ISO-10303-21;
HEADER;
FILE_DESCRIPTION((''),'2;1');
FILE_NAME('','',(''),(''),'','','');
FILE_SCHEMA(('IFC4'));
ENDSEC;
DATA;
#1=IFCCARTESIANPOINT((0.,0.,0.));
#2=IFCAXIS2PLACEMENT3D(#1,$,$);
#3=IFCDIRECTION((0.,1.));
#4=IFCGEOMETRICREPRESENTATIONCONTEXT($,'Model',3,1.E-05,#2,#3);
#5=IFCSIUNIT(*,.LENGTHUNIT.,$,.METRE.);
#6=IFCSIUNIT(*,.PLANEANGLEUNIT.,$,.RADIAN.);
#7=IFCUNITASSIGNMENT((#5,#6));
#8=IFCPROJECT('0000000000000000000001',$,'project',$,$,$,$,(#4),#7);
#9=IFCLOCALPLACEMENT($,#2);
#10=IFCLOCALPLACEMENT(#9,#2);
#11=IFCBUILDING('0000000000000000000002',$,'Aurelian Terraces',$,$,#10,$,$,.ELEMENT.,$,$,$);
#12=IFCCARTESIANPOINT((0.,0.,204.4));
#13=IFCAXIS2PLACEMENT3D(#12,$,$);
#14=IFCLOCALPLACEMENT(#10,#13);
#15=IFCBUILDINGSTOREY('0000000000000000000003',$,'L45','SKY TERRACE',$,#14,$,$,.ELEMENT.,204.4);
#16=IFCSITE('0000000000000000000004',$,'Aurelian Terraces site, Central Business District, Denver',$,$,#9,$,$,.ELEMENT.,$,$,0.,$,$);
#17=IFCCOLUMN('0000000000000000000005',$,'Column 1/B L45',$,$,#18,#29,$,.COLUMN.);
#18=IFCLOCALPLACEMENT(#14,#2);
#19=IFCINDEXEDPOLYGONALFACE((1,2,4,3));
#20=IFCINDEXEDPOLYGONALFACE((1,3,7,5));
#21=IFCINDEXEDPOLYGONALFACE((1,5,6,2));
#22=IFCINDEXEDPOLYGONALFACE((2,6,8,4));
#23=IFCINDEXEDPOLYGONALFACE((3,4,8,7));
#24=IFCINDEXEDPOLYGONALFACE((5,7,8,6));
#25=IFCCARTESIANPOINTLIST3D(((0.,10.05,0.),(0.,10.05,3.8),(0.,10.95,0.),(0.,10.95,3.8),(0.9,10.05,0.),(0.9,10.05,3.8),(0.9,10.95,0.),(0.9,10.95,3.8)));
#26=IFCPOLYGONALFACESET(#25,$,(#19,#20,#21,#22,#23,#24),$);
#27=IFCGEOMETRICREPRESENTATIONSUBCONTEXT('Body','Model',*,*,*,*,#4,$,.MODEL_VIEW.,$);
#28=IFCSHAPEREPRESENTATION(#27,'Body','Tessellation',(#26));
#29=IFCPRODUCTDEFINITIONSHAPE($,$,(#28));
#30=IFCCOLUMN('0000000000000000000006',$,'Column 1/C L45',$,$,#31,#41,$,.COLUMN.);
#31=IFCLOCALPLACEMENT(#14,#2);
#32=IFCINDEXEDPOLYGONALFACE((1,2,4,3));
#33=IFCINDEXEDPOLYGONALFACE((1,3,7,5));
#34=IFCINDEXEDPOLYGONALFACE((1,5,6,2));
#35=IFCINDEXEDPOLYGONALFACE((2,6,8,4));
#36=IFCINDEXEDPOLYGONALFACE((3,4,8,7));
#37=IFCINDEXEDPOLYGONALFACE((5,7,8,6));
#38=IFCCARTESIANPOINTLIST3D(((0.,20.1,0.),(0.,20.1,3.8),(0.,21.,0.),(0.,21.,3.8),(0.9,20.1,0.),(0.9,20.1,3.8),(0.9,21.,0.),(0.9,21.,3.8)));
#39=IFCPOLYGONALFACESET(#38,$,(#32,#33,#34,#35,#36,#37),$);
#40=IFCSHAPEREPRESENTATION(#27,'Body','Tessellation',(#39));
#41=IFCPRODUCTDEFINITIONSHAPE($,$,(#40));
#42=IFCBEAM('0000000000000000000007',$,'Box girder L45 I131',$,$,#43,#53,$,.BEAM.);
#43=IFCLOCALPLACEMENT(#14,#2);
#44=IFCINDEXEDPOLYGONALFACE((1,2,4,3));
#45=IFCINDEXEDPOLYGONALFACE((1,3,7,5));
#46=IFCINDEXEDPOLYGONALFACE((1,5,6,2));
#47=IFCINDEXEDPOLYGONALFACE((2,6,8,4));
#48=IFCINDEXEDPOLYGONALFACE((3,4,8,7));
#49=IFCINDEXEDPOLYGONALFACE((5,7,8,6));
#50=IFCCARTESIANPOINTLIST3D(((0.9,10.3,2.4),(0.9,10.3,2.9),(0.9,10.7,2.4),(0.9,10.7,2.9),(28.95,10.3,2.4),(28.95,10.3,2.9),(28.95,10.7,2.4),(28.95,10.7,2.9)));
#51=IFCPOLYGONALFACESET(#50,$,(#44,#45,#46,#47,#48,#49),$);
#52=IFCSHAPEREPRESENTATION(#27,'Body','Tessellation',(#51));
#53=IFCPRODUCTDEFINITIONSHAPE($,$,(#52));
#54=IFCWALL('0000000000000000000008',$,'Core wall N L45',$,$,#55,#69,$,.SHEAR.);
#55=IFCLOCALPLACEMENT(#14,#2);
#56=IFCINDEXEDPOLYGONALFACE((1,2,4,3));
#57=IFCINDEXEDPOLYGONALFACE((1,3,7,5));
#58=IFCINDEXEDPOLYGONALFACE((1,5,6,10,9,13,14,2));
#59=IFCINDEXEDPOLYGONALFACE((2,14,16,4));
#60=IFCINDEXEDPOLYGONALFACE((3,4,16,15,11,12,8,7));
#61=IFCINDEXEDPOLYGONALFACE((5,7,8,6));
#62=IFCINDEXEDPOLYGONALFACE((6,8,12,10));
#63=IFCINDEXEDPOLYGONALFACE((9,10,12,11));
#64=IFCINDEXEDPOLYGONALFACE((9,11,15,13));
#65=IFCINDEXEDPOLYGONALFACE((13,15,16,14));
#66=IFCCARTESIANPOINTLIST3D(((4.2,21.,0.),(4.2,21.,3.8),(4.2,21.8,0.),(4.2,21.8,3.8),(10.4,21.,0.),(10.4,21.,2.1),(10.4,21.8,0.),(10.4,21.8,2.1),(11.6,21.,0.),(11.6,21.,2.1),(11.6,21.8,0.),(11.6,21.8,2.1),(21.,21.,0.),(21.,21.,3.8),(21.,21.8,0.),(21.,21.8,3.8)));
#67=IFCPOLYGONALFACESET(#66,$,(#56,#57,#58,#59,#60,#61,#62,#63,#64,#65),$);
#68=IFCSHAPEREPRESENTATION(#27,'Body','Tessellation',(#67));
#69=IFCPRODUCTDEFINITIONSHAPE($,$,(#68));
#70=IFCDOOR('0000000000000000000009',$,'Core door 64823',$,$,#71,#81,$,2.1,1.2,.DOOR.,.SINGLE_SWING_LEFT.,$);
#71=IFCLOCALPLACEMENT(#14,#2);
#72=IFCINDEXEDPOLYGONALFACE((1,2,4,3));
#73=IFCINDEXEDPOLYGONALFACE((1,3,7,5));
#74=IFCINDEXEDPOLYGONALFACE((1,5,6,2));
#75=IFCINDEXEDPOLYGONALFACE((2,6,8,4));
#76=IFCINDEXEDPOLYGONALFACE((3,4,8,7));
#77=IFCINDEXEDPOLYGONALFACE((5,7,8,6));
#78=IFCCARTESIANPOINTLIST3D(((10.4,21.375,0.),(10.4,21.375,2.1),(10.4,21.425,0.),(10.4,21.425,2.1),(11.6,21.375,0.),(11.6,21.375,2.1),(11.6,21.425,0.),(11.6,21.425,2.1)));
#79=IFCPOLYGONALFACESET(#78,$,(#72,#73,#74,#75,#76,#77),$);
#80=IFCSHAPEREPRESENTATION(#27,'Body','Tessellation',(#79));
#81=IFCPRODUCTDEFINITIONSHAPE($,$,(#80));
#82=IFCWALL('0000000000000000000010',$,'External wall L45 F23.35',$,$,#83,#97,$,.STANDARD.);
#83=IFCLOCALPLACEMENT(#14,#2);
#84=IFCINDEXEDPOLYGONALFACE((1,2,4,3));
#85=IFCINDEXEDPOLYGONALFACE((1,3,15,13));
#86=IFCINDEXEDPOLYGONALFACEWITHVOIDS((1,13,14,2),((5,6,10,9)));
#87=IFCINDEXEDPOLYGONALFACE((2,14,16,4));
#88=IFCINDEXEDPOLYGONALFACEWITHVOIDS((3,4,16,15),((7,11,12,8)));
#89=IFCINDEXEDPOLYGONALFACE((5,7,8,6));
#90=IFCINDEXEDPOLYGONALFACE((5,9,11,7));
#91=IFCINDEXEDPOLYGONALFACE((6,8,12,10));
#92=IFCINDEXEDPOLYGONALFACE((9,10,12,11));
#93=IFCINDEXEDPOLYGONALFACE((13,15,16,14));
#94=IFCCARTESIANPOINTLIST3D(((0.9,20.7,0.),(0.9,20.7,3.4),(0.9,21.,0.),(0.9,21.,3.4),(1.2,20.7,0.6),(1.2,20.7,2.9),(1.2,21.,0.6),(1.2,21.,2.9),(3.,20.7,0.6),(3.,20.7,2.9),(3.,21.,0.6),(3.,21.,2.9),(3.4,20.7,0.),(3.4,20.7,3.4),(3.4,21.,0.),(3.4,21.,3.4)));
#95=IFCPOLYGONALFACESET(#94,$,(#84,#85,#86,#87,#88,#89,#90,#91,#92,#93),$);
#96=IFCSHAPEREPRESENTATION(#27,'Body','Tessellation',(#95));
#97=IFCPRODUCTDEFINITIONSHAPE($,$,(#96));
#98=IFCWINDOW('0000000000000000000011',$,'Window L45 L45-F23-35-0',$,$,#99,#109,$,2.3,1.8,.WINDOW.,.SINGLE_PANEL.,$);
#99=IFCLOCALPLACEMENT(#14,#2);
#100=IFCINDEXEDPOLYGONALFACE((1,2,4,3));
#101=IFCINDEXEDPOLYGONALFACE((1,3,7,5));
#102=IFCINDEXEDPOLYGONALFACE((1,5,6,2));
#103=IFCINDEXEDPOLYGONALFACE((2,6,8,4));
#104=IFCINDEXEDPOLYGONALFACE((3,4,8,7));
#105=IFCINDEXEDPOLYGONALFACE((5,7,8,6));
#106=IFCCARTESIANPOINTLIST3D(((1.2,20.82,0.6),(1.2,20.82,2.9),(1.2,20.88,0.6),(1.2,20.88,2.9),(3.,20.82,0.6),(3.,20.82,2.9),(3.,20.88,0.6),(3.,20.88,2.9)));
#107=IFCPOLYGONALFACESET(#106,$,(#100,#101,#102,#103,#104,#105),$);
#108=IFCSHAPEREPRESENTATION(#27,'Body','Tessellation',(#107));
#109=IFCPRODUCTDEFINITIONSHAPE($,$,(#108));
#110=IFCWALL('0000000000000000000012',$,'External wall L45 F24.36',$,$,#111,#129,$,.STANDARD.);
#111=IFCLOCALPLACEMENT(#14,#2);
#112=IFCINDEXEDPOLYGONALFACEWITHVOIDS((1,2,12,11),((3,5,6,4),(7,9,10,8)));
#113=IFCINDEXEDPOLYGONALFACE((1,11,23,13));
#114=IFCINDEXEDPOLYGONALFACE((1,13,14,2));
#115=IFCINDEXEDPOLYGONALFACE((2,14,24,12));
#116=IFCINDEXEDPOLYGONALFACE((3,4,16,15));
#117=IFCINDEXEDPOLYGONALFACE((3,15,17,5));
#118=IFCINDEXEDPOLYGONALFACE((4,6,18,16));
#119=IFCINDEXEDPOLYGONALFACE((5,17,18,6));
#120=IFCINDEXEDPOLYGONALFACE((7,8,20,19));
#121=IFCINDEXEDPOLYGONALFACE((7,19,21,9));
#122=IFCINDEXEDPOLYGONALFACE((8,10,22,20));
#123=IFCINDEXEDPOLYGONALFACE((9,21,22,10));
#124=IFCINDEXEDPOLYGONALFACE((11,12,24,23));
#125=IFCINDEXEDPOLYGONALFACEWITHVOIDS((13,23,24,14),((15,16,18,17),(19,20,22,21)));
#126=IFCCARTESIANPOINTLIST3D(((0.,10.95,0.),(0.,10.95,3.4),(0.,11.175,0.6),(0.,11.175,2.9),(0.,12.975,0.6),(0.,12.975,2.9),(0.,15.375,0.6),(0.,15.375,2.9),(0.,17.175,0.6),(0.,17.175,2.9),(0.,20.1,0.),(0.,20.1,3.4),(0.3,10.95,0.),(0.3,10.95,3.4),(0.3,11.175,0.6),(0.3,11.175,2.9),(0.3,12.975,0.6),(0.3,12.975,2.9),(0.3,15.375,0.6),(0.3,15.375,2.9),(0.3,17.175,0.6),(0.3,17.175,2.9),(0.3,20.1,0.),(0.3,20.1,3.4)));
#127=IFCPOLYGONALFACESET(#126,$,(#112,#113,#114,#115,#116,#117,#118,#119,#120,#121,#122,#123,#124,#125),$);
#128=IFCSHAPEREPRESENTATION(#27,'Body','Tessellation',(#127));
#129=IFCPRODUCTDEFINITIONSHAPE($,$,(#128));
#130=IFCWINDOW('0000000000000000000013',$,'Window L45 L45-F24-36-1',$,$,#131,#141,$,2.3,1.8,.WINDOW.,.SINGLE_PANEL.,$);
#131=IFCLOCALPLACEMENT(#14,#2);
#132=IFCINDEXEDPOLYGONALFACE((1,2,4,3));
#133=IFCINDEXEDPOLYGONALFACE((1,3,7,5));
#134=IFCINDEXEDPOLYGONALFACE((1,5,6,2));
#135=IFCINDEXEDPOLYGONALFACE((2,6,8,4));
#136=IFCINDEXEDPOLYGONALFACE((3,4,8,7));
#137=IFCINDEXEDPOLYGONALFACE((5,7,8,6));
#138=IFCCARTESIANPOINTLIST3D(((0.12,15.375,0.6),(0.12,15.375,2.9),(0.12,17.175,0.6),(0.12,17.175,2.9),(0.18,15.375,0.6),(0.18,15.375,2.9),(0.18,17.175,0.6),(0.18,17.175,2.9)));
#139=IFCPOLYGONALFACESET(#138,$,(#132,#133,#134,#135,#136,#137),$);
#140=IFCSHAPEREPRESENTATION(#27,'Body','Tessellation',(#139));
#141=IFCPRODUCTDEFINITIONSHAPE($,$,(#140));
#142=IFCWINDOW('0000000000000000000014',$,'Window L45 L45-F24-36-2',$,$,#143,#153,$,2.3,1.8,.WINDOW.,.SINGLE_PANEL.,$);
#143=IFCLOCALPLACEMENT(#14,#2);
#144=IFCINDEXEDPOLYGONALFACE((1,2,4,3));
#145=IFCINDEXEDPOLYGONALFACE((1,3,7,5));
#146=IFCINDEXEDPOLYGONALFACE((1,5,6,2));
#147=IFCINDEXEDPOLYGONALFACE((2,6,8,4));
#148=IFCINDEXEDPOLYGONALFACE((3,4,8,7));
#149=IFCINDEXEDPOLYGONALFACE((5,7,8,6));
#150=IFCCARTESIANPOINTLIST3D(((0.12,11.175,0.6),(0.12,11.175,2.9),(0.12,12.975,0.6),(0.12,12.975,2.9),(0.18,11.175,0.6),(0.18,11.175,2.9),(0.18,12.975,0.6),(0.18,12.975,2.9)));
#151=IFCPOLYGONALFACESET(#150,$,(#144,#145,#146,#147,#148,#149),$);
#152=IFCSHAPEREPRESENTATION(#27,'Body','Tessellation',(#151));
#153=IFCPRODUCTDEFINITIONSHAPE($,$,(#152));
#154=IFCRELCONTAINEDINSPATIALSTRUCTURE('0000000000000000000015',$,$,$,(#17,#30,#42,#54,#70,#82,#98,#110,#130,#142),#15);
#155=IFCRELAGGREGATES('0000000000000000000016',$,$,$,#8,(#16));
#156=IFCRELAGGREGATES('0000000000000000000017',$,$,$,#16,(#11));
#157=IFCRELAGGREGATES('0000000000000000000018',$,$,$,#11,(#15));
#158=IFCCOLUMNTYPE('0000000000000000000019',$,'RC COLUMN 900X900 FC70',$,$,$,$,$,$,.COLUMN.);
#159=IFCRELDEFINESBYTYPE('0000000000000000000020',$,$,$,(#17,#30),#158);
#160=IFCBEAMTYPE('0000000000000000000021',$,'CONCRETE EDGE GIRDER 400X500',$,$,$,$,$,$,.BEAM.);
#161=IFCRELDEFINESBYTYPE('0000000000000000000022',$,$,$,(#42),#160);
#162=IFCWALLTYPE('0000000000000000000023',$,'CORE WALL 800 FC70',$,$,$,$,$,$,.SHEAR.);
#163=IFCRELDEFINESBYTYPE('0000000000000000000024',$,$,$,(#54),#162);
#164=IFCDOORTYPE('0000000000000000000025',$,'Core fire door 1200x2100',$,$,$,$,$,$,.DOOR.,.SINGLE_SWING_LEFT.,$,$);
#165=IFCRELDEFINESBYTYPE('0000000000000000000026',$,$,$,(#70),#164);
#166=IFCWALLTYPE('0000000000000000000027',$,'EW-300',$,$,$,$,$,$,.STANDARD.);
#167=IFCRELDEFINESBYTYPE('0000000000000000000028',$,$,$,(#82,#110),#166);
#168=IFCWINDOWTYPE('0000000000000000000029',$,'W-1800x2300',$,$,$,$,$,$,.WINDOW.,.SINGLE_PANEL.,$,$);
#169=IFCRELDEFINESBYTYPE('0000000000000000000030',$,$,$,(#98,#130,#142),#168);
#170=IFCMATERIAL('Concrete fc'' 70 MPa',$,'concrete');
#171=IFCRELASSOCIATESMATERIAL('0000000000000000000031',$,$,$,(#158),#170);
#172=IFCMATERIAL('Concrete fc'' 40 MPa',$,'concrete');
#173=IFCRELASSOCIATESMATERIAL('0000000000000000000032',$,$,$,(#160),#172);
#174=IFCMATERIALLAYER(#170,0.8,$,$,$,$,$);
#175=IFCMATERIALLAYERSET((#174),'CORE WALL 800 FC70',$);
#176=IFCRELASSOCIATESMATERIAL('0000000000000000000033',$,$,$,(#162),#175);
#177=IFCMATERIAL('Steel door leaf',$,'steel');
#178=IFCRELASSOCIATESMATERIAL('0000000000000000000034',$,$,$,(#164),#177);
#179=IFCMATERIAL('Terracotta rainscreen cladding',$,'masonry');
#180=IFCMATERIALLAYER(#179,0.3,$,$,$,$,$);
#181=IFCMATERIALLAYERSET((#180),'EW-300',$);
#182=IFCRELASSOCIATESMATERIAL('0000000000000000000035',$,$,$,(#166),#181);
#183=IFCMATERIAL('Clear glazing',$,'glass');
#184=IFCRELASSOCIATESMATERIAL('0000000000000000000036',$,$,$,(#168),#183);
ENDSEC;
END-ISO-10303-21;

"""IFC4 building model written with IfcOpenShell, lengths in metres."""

from ifc_helpers import new_model, si_unit, direction, frame, frame_2d, origin, origin_2d, place, context, subcontext, project, spatial, rectangle, extrude, source, transform, mapped, material, layer, layer_set, material_profile, profile_set, type_object, element, fill, save


model = new_model("IFC4")

# Units and contexts
model_context = context("Model", 3, precision=1e-05, world=origin(), true_north=direction((0.0, 1.0)))
body_context = subcontext(model_context, "Body", "Model", "MODEL_VIEW")
ifc_project = project(units=[si_unit("LENGTHUNIT", "METRE"), si_unit("PLANEANGLEUNIT", "RADIAN")], contexts=[model_context])

# Site, building, storey
site_placement = place(None, origin())
site = spatial("IfcSite", under=ifc_project, at=site_placement, Name="Aurelian Terraces site, Central Business District, Denver", CompositionType="ELEMENT", RefElevation=0.0)
building_placement = place(site_placement, origin())
building = spatial("IfcBuilding", under=site, at=building_placement, Name="Aurelian Terraces", CompositionType="ELEMENT")
storey_placement = place(building_placement, frame((0.0, 0.0, 204.4)))
storey = spatial("IfcBuildingStorey", under=building, at=storey_placement, Name="L45", Description="SKY TERRACE", CompositionType="ELEMENT", Elevation=204.4)

# Columns
ifc_material_1 = material(Name="Concrete fc' 70 MPa", Category="concrete")
ifc_material_profile_1 = material_profile(ifc_material_1, rectangle(XDim=0.9, YDim=0.9, at=origin_2d()))
ifc_profile_set_1 = profile_set([ifc_material_profile_1], Name="Concrete fc' 70 MPa")
column_type = type_object("IfcColumnType", Name="RC COLUMN 900X900 FC70", PredefinedType="COLUMN", material=ifc_profile_set_1)
shared_shape_1 = source(origin(), body_context, "Body", "SweptSolid", [
    extrude(rectangle(XDim=0.9, YDim=0.9, at=origin_2d()), origin(), (0.0, 0.0, 1.0), 3.8),
])
for number, where, z_axis, x_axis, name in (
    (1, (0.45, 10.5, 0.0), (0.0, 0.0, 1.0), (1.0, 0.0, 0.0), "Column 1/B L45"),
    (2, (0.45, 20.55, 0.0), (0.0, 0.0, 1.0), (1.0, 0.0, 0.0), "Column 1/C L45"),
):
    element("IfcColumn", number, at=place(storey_placement, frame(where, z_axis=z_axis, x_axis=x_axis)), inside=storey, type_object=column_type, Name=name, PredefinedType="COLUMN", context=body_context, shape_type="MappedRepresentation", body=[
        mapped(shared_shape_1, transform((0.0, 0.0, 0.0), scale=1.0)),
    ])

# Beam
ifc_material_2 = material(Name="Concrete fc' 40 MPa", Category="concrete")
ifc_material_profile_2 = material_profile(ifc_material_2, rectangle(XDim=0.4, YDim=0.5, at=origin_2d()))
ifc_profile_set_2 = profile_set([ifc_material_profile_2], Name="Concrete fc' 40 MPa")
beam_type = type_object("IfcBeamType", Name="CONCRETE EDGE GIRDER 400X500", PredefinedType="BEAM", material=ifc_profile_set_2)
shared_shape_2 = source(origin(), body_context, "Body", "SweptSolid", [
    extrude(rectangle(XDim=0.4, YDim=0.5, at=origin_2d()), origin(), (0.0, 0.0, 1.0), 28.05),
])
beam_placement = place(storey_placement, frame((0.9, 10.5, 2.65), z_axis=(1.0, 0.0, 0.0), x_axis=(0.0, 1.0, 0.0)))
element("IfcBeam", 3, at=beam_placement, inside=storey, type_object=beam_type, Name="Box girder L45 I131", PredefinedType="BEAM", context=body_context, shape_type="MappedRepresentation", body=[
    mapped(shared_shape_2, transform((0.0, 0.0, 0.0), scale=1.0)),
])

# Wall, opening, door
ifc_layer_1 = layer(ifc_material_1, 0.8)
ifc_layer_set_1 = layer_set([ifc_layer_1], Name="CORE WALL 800 FC70")
wall_type_1 = type_object("IfcWallType", Name="CORE WALL 800 FC70", PredefinedType="SHEAR", material=ifc_layer_set_1)
shared_shape_3 = source(origin(), body_context, "Body", "SweptSolid", [
    extrude(rectangle(XDim=16.8, YDim=0.8, at=frame_2d((8.4, 0.0))), origin(), (0.0, 0.0, 1.0), 3.8),
])
wall_1_placement = place(storey_placement, frame((4.2, 21.4, 0.0), z_axis=(0.0, 0.0, 1.0), x_axis=(1.0, 0.0, 0.0)))
wall_1 = element("IfcWall", 4, at=wall_1_placement, inside=storey, type_object=wall_type_1, Name="Core wall N L45", PredefinedType="SHEAR", context=body_context, shape_type="MappedRepresentation", body=[
    mapped(shared_shape_3, transform((0.0, 0.0, 0.0), scale=1.0)),
])
shared_shape_4 = source(origin(), body_context, "Body", "SweptSolid", [
    extrude(rectangle(XDim=1.2, YDim=2.1, at=frame_2d((0.6, 1.05))), frame((0.0, 0.41, 0.0), z_axis=(0.0, -1.0, 0.0), x_axis=(1.0, 0.0, 0.0)), (0.0, 0.0, 1.0), 0.82),
])
opening_1_placement = place(wall_1_placement, frame((6.2, 0.0, 0.0)))
opening_1 = element("IfcOpeningElement", 5, at=opening_1_placement, cuts=wall_1, PredefinedType="OPENING", context=body_context, shape_type="MappedRepresentation", body=[
    mapped(shared_shape_4, transform((0.0, 0.0, 0.0), scale=1.0)),
])
ifc_material_3 = material(Name="Steel door leaf", Category="steel")
door_type_1 = type_object("IfcDoorType", Name="Core fire door 1200x2100", OperationType="SINGLE_SWING_LEFT", PredefinedType="DOOR", material=ifc_material_3)
shared_shape_5 = source(origin(), body_context, "Body", "SweptSolid", [
    extrude(rectangle(XDim=1.2, YDim=2.1, at=frame_2d((0.6, 1.05))), frame((0.0, 0.025, 0.0), z_axis=(0.0, -1.0, 0.0), x_axis=(1.0, 0.0, 0.0)), (0.0, 0.0, 1.0), 0.05),
])
door_1_placement = place(opening_1_placement, origin())
door_1 = element("IfcDoor", 6, at=door_1_placement, inside=storey, type_object=door_type_1, Name="Core door 64823", OperationType="SINGLE_SWING_LEFT", OverallHeight=2.1, OverallWidth=1.2, PredefinedType="DOOR", context=body_context, shape_type="MappedRepresentation", body=[
    mapped(shared_shape_5, transform((0.0, 0.0, 0.0), scale=1.0)),
])
fill(opening_1, door_1)

# Wall, opening, window
ifc_material_4 = material(Name="Terracotta rainscreen cladding", Category="masonry")
ifc_layer_2 = layer(ifc_material_4, 0.3)
ifc_layer_set_2 = layer_set([ifc_layer_2], Name="EW-300")
wall_type_2 = type_object("IfcWallType", Name="EW-300", PredefinedType="STANDARD", material=ifc_layer_set_2)
shared_shape_6 = source(origin(), body_context, "Body", "SweptSolid", [
    extrude(rectangle(XDim=2.5, YDim=0.3, at=frame_2d((1.25, 0.0))), origin(), (0.0, 0.0, 1.0), 3.4),
])
wall_2_placement = place(storey_placement, frame((3.4, 20.85, 0.0), z_axis=(0.0, 0.0, 1.0), x_axis=(-1.0, 0.0, 0.0)))
wall_2 = element("IfcWall", 7, at=wall_2_placement, inside=storey, type_object=wall_type_2, Name="External wall L45 F23.35", PredefinedType="STANDARD", context=body_context, shape_type="MappedRepresentation", body=[
    mapped(shared_shape_6, transform((0.0, 0.0, 0.0), scale=1.0)),
])
shared_shape_7 = source(origin(), body_context, "Body", "SweptSolid", [
    extrude(rectangle(XDim=1.8, YDim=2.3, at=frame_2d((0.9, 1.15))), frame((0.0, 0.16, 0.0), z_axis=(0.0, -1.0, 0.0), x_axis=(1.0, 0.0, 0.0)), (0.0, 0.0, 1.0), 0.32),
])
opening_2_placement = place(wall_2_placement, frame((0.4, 0.0, 0.6)))
opening_2 = element("IfcOpeningElement", 8, at=opening_2_placement, cuts=wall_2, PredefinedType="OPENING", context=body_context, shape_type="MappedRepresentation", body=[
    mapped(shared_shape_7, transform((0.0, 0.0, 0.0), scale=1.0)),
])
ifc_material_5 = material(Name="Clear glazing", Category="glass")
window_type = type_object("IfcWindowType", Name="W-1800x2300", PartitioningType="SINGLE_PANEL", PredefinedType="WINDOW", material=ifc_material_5)
shared_shape_8 = source(origin(), body_context, "Body", "SweptSolid", [
    extrude(rectangle(XDim=1.8, YDim=2.3, at=frame_2d((0.9, 1.15))), frame((0.0, 0.03, 0.0), z_axis=(0.0, -1.0, 0.0), x_axis=(1.0, 0.0, 0.0)), (0.0, 0.0, 1.0), 0.06),
])
window_1_placement = place(opening_2_placement, origin())
window_1 = element("IfcWindow", 9, at=window_1_placement, inside=storey, type_object=window_type, Name="Window L45 L45-F23-35-0", OverallHeight=2.3, OverallWidth=1.8, PartitioningType="SINGLE_PANEL", PredefinedType="WINDOW", context=body_context, shape_type="MappedRepresentation", body=[
    mapped(shared_shape_8, transform((0.0, 0.0, 0.0), scale=1.0)),
])
fill(opening_2, window_1)

# Wall, openings, windows
shared_shape_9 = source(origin(), body_context, "Body", "SweptSolid", [
    extrude(rectangle(XDim=9.15, YDim=0.3, at=frame_2d((4.575, 0.0))), origin(), (0.0, 0.0, 1.0), 3.4),
])
wall_3_placement = place(storey_placement, frame((0.15, 20.1, 0.0), z_axis=(0.0, 0.0, 1.0), x_axis=(0.0, -1.0, 0.0)))
wall_3 = element("IfcWall", 10, at=wall_3_placement, inside=storey, type_object=wall_type_2, Name="External wall L45 F24.36", PredefinedType="STANDARD", context=body_context, shape_type="MappedRepresentation", body=[
    mapped(shared_shape_9, transform((0.0, 0.0, 0.0), scale=1.0)),
])
opening_3_placement = place(wall_3_placement, frame((2.925, 0.0, 0.6)))
opening_3 = element("IfcOpeningElement", 11, at=opening_3_placement, cuts=wall_3, PredefinedType="OPENING", context=body_context, shape_type="MappedRepresentation", body=[
    mapped(shared_shape_7, transform((0.0, 0.0, 0.0), scale=1.0)),
])
opening_4_placement = place(wall_3_placement, frame((7.125, 0.0, 0.6)))
opening_4 = element("IfcOpeningElement", 12, at=opening_4_placement, cuts=wall_3, PredefinedType="OPENING", context=body_context, shape_type="MappedRepresentation", body=[
    mapped(shared_shape_7, transform((0.0, 0.0, 0.0), scale=1.0)),
])
window_2_placement = place(opening_3_placement, origin())
window_2 = element("IfcWindow", 13, at=window_2_placement, inside=storey, type_object=window_type, Name="Window L45 L45-F24-36-1", OverallHeight=2.3, OverallWidth=1.8, PartitioningType="SINGLE_PANEL", PredefinedType="WINDOW", context=body_context, shape_type="MappedRepresentation", body=[
    mapped(shared_shape_8, transform((0.0, 0.0, 0.0), scale=1.0)),
])
fill(opening_3, window_2)
window_3_placement = place(opening_4_placement, origin())
window_3 = element("IfcWindow", 14, at=window_3_placement, inside=storey, type_object=window_type, Name="Window L45 L45-F24-36-2", OverallHeight=2.3, OverallWidth=1.8, PartitioningType="SINGLE_PANEL", PredefinedType="WINDOW", context=body_context, shape_type="MappedRepresentation", body=[
    mapped(shared_shape_8, transform((0.0, 0.0, 0.0), scale=1.0)),
])
fill(opening_4, window_3)

save(model, "model.ifc")
